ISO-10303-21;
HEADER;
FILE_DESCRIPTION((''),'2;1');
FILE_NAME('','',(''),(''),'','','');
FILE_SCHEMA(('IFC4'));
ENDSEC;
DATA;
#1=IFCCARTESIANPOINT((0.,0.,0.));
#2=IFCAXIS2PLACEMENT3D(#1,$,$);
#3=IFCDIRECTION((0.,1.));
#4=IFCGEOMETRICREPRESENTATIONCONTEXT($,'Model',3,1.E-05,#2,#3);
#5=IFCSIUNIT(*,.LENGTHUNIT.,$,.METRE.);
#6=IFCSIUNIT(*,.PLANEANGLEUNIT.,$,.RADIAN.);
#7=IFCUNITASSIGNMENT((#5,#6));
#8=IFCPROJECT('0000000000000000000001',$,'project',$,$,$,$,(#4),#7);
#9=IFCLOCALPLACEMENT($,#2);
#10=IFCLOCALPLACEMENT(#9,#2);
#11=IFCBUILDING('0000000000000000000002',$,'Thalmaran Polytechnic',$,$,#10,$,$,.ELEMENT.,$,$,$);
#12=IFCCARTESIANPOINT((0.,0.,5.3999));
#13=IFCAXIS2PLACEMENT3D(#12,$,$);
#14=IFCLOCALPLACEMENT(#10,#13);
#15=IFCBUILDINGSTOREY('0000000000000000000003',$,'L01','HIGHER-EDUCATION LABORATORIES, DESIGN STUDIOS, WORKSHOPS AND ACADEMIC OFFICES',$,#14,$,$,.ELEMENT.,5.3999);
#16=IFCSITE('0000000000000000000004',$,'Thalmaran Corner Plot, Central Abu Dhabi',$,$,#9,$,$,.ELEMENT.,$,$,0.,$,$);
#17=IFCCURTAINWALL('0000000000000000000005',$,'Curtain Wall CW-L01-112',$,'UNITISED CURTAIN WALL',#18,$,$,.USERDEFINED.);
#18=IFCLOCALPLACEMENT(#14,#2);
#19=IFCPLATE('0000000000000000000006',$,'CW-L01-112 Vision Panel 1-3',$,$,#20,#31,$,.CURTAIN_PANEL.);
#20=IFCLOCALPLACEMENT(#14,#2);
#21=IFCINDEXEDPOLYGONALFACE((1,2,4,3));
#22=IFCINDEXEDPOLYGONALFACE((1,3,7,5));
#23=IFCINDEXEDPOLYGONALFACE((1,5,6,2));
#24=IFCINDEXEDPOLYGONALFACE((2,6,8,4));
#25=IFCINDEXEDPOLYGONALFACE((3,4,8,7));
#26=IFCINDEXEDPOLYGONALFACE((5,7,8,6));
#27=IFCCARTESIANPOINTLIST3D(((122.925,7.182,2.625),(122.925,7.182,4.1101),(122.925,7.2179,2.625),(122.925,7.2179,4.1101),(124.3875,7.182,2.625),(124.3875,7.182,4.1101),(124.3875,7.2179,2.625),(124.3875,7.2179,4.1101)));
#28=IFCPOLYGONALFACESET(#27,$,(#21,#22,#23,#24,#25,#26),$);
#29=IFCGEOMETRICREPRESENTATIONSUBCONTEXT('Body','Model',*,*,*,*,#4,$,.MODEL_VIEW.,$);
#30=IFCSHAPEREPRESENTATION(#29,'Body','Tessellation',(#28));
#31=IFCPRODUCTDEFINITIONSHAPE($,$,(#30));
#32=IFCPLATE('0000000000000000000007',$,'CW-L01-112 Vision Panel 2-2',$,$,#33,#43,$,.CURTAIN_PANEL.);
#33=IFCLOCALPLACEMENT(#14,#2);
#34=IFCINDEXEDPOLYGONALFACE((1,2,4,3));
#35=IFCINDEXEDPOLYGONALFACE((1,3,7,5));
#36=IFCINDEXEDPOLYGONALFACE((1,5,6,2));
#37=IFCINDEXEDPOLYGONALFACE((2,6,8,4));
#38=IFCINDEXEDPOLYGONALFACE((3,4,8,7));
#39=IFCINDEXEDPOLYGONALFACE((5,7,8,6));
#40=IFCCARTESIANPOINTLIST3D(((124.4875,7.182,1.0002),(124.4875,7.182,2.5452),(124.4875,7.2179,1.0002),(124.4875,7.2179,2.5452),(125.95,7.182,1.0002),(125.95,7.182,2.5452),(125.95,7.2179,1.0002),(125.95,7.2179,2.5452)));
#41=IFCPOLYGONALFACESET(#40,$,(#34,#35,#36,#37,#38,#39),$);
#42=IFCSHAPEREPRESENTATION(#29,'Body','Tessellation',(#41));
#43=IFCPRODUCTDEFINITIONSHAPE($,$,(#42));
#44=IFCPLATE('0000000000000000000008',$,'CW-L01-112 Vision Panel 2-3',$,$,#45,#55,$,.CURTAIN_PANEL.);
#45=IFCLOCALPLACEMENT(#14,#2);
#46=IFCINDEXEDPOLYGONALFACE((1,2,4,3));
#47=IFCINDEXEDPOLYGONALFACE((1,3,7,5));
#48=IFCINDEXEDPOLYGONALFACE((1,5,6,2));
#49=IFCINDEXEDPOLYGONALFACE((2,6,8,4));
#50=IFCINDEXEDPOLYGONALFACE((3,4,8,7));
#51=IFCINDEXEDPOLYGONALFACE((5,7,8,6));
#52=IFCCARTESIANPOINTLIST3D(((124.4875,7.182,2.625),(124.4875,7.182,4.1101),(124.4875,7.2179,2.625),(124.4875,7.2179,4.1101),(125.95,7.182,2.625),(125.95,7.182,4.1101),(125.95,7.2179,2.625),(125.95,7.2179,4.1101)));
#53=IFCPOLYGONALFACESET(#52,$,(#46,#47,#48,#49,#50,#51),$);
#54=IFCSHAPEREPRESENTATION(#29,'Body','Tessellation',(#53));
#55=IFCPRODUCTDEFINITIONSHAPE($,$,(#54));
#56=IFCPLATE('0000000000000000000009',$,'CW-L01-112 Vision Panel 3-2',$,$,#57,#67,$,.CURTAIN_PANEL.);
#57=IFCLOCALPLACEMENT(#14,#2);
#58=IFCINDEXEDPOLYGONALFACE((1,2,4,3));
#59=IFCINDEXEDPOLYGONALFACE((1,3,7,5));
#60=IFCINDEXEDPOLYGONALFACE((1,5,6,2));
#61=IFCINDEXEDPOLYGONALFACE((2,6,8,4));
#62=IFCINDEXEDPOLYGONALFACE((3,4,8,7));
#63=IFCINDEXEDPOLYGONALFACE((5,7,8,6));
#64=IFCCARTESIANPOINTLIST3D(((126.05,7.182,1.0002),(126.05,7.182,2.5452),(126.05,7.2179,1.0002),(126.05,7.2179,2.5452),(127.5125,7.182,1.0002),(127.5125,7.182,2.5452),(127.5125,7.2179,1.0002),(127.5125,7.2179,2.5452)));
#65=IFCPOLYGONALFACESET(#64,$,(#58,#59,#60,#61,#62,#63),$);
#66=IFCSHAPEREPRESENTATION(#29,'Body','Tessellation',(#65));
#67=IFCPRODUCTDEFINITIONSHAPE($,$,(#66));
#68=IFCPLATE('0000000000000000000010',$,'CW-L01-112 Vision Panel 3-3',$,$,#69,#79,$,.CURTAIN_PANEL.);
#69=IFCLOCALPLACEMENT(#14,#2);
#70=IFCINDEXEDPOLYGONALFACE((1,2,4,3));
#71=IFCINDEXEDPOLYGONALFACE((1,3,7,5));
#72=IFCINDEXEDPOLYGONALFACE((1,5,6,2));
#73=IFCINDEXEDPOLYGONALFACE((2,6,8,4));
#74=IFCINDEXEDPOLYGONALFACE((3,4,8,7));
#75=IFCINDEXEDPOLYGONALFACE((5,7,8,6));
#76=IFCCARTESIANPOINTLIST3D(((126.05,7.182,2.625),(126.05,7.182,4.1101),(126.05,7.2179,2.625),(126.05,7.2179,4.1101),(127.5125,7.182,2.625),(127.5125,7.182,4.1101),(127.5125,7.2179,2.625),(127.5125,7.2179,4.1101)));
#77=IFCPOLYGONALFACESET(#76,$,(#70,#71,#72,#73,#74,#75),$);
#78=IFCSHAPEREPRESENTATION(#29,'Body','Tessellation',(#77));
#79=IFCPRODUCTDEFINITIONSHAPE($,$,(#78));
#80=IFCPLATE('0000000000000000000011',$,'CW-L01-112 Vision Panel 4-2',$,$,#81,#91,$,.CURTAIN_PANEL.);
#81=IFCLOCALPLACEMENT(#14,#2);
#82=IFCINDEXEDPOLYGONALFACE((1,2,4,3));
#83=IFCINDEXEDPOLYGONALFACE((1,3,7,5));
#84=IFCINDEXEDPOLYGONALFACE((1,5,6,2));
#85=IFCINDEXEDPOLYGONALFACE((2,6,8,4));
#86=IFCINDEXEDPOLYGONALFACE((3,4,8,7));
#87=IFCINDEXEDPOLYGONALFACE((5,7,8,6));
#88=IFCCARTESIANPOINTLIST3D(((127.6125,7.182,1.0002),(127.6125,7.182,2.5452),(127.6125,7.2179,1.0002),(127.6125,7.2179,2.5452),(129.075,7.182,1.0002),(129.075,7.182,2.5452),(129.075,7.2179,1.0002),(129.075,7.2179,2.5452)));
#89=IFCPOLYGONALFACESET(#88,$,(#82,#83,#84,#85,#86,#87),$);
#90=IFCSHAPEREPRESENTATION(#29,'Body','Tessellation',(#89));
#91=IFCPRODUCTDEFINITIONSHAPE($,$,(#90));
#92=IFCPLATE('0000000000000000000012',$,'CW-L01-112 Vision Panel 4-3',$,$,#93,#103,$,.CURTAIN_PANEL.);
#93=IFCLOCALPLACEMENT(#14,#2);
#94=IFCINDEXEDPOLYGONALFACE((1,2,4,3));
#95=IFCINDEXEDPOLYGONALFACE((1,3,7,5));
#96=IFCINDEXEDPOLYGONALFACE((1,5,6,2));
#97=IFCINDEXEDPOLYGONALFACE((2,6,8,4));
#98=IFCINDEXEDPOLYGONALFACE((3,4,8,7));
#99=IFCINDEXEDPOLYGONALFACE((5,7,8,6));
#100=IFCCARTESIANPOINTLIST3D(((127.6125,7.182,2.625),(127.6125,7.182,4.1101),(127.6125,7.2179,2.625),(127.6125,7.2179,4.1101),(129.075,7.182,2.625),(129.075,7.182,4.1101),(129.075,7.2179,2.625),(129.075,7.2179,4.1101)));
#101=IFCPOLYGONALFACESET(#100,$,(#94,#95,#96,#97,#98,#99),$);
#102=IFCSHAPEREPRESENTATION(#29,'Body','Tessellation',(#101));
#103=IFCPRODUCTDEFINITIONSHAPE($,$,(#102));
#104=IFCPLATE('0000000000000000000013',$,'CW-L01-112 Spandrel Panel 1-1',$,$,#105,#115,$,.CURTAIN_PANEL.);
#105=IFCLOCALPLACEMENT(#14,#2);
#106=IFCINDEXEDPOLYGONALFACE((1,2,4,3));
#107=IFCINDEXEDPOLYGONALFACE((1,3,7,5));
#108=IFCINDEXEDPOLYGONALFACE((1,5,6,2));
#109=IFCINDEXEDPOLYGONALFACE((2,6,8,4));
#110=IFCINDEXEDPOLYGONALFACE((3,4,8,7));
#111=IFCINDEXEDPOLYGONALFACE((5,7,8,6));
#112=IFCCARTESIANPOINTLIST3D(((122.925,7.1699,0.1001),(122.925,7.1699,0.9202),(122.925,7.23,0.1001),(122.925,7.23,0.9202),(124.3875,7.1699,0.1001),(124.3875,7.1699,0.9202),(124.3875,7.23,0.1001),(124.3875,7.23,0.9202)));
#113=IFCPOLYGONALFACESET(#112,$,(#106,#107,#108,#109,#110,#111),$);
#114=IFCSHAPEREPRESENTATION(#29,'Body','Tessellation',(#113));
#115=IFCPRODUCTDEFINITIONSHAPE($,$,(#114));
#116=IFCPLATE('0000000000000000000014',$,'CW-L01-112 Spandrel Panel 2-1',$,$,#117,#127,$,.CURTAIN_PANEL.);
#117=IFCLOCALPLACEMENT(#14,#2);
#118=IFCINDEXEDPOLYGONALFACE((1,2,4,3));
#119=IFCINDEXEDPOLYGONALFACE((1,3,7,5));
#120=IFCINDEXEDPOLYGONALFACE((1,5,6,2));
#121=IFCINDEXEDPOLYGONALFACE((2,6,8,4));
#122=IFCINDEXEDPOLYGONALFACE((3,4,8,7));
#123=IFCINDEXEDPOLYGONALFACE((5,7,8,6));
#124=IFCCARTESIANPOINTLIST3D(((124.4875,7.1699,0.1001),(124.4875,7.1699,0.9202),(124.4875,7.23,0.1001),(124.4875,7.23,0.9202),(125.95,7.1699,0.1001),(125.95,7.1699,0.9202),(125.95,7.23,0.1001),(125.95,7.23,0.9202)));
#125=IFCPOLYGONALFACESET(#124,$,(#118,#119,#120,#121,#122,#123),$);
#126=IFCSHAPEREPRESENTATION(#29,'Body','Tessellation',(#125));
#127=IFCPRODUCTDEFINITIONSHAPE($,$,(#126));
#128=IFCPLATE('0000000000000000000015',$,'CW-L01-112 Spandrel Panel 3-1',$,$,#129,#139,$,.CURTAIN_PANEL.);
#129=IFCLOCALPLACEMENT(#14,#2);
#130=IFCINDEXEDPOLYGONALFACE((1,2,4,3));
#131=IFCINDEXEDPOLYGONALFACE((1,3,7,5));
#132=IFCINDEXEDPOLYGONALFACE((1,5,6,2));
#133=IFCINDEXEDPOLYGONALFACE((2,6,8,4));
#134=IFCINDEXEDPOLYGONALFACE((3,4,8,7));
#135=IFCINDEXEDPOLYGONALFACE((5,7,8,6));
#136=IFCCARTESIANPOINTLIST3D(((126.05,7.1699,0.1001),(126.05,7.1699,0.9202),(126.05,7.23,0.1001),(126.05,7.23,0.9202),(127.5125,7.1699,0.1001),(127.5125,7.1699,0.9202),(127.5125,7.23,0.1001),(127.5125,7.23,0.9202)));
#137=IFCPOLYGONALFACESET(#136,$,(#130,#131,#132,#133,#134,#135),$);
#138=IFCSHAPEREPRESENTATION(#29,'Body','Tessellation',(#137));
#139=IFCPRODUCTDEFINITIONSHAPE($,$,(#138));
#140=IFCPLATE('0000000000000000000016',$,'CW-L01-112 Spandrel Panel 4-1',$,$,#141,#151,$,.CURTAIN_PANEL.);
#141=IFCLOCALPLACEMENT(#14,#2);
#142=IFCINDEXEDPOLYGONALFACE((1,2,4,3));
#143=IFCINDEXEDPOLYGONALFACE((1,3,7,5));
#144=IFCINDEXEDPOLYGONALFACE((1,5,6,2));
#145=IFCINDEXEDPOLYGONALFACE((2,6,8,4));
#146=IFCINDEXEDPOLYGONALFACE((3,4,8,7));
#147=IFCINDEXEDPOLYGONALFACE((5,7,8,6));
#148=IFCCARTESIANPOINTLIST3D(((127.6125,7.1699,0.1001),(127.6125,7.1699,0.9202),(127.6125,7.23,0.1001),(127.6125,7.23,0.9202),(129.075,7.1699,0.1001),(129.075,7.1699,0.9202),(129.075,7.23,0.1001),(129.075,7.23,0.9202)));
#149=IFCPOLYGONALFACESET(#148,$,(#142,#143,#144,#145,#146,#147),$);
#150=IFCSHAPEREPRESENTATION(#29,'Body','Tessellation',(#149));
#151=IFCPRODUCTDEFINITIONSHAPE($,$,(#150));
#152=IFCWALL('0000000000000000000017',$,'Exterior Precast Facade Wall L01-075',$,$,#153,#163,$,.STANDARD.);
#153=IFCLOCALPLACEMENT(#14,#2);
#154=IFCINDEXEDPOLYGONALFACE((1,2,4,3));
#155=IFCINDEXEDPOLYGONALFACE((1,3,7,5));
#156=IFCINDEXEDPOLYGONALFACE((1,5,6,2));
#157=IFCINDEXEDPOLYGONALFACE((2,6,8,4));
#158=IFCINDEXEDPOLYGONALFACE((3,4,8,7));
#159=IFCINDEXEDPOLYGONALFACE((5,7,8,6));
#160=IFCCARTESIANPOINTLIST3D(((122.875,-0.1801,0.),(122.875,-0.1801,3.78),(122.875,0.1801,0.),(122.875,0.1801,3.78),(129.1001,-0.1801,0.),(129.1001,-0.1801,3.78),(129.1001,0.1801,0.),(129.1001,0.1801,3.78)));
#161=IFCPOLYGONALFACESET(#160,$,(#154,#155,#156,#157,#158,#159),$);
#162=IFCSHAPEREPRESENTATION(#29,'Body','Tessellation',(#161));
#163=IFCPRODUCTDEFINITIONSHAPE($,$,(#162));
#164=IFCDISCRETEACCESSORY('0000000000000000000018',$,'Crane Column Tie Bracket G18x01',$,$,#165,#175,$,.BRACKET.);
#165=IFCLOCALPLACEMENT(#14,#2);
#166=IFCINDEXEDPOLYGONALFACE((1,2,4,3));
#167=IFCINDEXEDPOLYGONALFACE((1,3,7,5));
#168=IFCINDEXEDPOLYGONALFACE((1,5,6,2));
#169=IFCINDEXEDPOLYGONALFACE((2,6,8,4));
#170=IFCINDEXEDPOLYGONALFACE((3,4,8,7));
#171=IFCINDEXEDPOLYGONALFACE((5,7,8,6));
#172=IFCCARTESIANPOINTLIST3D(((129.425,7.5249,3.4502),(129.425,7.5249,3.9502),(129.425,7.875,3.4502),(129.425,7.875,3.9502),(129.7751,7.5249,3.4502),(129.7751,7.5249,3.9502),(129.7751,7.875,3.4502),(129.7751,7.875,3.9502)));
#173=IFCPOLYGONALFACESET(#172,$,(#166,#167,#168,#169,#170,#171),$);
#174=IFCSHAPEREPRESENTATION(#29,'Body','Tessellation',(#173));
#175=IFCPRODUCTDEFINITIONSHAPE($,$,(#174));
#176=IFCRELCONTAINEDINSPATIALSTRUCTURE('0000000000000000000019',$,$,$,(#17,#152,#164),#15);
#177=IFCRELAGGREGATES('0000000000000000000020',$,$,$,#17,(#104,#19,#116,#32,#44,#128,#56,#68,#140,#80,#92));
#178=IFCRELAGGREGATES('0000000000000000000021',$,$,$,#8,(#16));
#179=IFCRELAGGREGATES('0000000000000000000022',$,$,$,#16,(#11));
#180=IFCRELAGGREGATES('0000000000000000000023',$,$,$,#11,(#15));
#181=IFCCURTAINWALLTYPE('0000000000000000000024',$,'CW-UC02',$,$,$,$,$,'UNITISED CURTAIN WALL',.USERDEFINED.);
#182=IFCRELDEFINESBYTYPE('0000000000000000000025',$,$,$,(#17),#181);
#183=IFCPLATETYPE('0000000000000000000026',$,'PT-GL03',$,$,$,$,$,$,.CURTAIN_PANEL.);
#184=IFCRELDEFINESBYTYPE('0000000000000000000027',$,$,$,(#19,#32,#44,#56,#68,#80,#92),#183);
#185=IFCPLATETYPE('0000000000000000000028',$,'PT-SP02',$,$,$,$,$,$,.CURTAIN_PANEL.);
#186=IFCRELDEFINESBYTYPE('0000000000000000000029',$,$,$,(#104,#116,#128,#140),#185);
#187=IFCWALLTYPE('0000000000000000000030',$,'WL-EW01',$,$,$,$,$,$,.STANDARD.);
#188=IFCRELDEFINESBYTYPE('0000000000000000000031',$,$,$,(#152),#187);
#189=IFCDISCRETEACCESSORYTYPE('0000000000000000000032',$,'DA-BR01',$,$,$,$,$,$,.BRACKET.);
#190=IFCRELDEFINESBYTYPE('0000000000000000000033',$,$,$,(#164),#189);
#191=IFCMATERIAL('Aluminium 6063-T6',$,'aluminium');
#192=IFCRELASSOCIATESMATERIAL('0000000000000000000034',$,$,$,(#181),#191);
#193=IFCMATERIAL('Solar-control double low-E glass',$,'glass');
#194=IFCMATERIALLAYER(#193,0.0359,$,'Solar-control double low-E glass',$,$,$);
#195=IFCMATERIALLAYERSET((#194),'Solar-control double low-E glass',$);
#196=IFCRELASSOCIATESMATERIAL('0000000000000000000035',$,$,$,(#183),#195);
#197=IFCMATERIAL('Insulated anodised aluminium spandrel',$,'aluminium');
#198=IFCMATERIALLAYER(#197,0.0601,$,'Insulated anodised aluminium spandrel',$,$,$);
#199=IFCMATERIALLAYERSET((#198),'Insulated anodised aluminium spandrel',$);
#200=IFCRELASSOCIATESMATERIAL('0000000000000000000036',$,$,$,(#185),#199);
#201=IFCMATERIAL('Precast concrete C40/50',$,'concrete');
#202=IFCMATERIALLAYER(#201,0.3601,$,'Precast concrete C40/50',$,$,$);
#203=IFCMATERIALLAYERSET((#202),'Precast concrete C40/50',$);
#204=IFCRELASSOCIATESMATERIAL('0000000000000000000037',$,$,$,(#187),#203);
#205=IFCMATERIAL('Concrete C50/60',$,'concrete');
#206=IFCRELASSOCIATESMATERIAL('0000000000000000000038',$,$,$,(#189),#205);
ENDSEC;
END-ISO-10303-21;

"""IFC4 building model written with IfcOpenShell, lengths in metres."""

from ifc_helpers import new_model, si_unit, direction, frame, frame_2d, origin, origin_2d, place, context, subcontext, project, spatial, rectangle, extrude, material, layer, layer_set, type_object, element, aggregate, save


model = new_model("IFC4")

# Units and contexts
model_context = context("Model", 3, precision=1e-05, world=origin(), true_north=direction((0.0, 1.0)))
body_context = subcontext(model_context, "Body", "Model", "MODEL_VIEW")
ifc_project = project(units=[si_unit("LENGTHUNIT", "METRE"), si_unit("PLANEANGLEUNIT", "RADIAN")], contexts=[model_context])

# Site, building, storey
site_placement = place(None, origin())
site = spatial("IfcSite", under=ifc_project, at=site_placement, Name="Thalmaran Corner Plot, Central Abu Dhabi", CompositionType="ELEMENT", RefElevation=0.0)
building_placement = place(site_placement, origin())
building = spatial("IfcBuilding", under=site, at=building_placement, Name="Thalmaran Polytechnic", CompositionType="ELEMENT")
storey_placement = place(building_placement, frame((0.0, 0.0, 5.3999)))
storey = spatial("IfcBuildingStorey", under=building, at=storey_placement, Name="L01", Description="HIGHER-EDUCATION LABORATORIES, DESIGN STUDIOS, WORKSHOPS AND ACADEMIC OFFICES", CompositionType="ELEMENT", Elevation=5.3999)

# Shared definitions
ifc_material_1 = material(Name="Concrete C50/60", Category="concrete")

# Curtain wall
ifc_material_2 = material(Name="Aluminium 6063-T6", Category="aluminium")
curtain_wall_type = type_object("IfcCurtainWallType", Name="CW-UC02", ElementType="UNITISED CURTAIN WALL", PredefinedType="USERDEFINED", material=ifc_material_2)
curtain_wall_1_placement = place(storey_placement, origin())
curtain_wall_1 = element("IfcCurtainWall", 1, at=curtain_wall_1_placement, inside=storey, type_object=curtain_wall_type, Name="Curtain Wall CW-L01-112", ObjectType="UNITISED CURTAIN WALL", PredefinedType="USERDEFINED")

# Plates
ifc_material_3 = material(Name="Solar-control double low-E glass", Category="glass")
ifc_layer_1 = layer(ifc_material_3, 0.0359, Name="Solar-control double low-E glass")
ifc_layer_set_1 = layer_set([ifc_layer_1], Name="Solar-control double low-E glass")
plate_type_1 = type_object("IfcPlateType", Name="PT-GL03", PredefinedType="CURTAIN_PANEL", material=ifc_layer_set_1)
plate_1_placement = place(storey_placement, frame((123.6562, 7.2, 2.625), z_axis=(0.0, 0.0, 1.0), x_axis=(1.0, 0.0, 0.0)))
plate_1 = element("IfcPlate", 2, at=plate_1_placement, type_object=plate_type_1, Name="CW-L01-112 Vision Panel 1-3", PredefinedType="CURTAIN_PANEL", context=body_context, shape_type="SweptSolid", body=[
    extrude(rectangle(XDim=1.4624, YDim=0.0359, at=origin_2d()), origin(), (0.0, 0.0, 1.0), 1.4851),
])
plate_2_placement = place(storey_placement, frame((125.2188, 7.2, 1.0002), z_axis=(0.0, 0.0, 1.0), x_axis=(1.0, 0.0, 0.0)))
plate_2 = element("IfcPlate", 3, at=plate_2_placement, type_object=plate_type_1, Name="CW-L01-112 Vision Panel 2-2", PredefinedType="CURTAIN_PANEL", context=body_context, shape_type="SweptSolid", body=[
    extrude(rectangle(XDim=1.4624, YDim=0.0359, at=origin_2d()), origin(), (0.0, 0.0, 1.0), 1.5449),
])
plate_3_placement = place(storey_placement, frame((125.2188, 7.2, 2.625), z_axis=(0.0, 0.0, 1.0), x_axis=(1.0, 0.0, 0.0)))
plate_3 = element("IfcPlate", 4, at=plate_3_placement, type_object=plate_type_1, Name="CW-L01-112 Vision Panel 2-3", PredefinedType="CURTAIN_PANEL", context=body_context, shape_type="SweptSolid", body=[
    extrude(rectangle(XDim=1.4624, YDim=0.0359, at=origin_2d()), origin(), (0.0, 0.0, 1.0), 1.4851),
])
plate_4_placement = place(storey_placement, frame((126.7812, 7.2, 1.0002), z_axis=(0.0, 0.0, 1.0), x_axis=(1.0, 0.0, 0.0)))
plate_4 = element("IfcPlate", 5, at=plate_4_placement, type_object=plate_type_1, Name="CW-L01-112 Vision Panel 3-2", PredefinedType="CURTAIN_PANEL", context=body_context, shape_type="SweptSolid", body=[
    extrude(rectangle(XDim=1.4624, YDim=0.0359, at=origin_2d()), origin(), (0.0, 0.0, 1.0), 1.5449),
])
plate_5_placement = place(storey_placement, frame((126.7812, 7.2, 2.625), z_axis=(0.0, 0.0, 1.0), x_axis=(1.0, 0.0, 0.0)))
plate_5 = element("IfcPlate", 6, at=plate_5_placement, type_object=plate_type_1, Name="CW-L01-112 Vision Panel 3-3", PredefinedType="CURTAIN_PANEL", context=body_context, shape_type="SweptSolid", body=[
    extrude(rectangle(XDim=1.4624, YDim=0.0359, at=origin_2d()), origin(), (0.0, 0.0, 1.0), 1.4851),
])
plate_6_placement = place(storey_placement, frame((128.3438, 7.2, 1.0002), z_axis=(0.0, 0.0, 1.0), x_axis=(1.0, 0.0, 0.0)))
plate_6 = element("IfcPlate", 7, at=plate_6_placement, type_object=plate_type_1, Name="CW-L01-112 Vision Panel 4-2", PredefinedType="CURTAIN_PANEL", context=body_context, shape_type="SweptSolid", body=[
    extrude(rectangle(XDim=1.4624, YDim=0.0359, at=origin_2d()), origin(), (0.0, 0.0, 1.0), 1.5449),
])
plate_7_placement = place(storey_placement, frame((128.3438, 7.2, 2.625), z_axis=(0.0, 0.0, 1.0), x_axis=(1.0, 0.0, 0.0)))
plate_7 = element("IfcPlate", 8, at=plate_7_placement, type_object=plate_type_1, Name="CW-L01-112 Vision Panel 4-3", PredefinedType="CURTAIN_PANEL", context=body_context, shape_type="SweptSolid", body=[
    extrude(rectangle(XDim=1.4624, YDim=0.0359, at=origin_2d()), origin(), (0.0, 0.0, 1.0), 1.4851),
])
ifc_material_4 = material(Name="Insulated anodised aluminium spandrel", Category="aluminium")
ifc_layer_2 = layer(ifc_material_4, 0.0601, Name="Insulated anodised aluminium spandrel")
ifc_layer_set_2 = layer_set([ifc_layer_2], Name="Insulated anodised aluminium spandrel")
plate_type_2 = type_object("IfcPlateType", Name="PT-SP02", PredefinedType="CURTAIN_PANEL", material=ifc_layer_set_2)
plate_8_placement = place(storey_placement, frame((123.6562, 7.2, 0.1001), z_axis=(0.0, 0.0, 1.0), x_axis=(1.0, 0.0, 0.0)))
plate_8 = element("IfcPlate", 9, at=plate_8_placement, type_object=plate_type_2, Name="CW-L01-112 Spandrel Panel 1-1", PredefinedType="CURTAIN_PANEL", context=body_context, shape_type="SweptSolid", body=[
    extrude(rectangle(XDim=1.4624, YDim=0.0601, at=origin_2d()), origin(), (0.0, 0.0, 1.0), 0.8201),
])
plate_9_placement = place(storey_placement, frame((125.2188, 7.2, 0.1001), z_axis=(0.0, 0.0, 1.0), x_axis=(1.0, 0.0, 0.0)))
plate_9 = element("IfcPlate", 10, at=plate_9_placement, type_object=plate_type_2, Name="CW-L01-112 Spandrel Panel 2-1", PredefinedType="CURTAIN_PANEL", context=body_context, shape_type="SweptSolid", body=[
    extrude(rectangle(XDim=1.4624, YDim=0.0601, at=origin_2d()), origin(), (0.0, 0.0, 1.0), 0.8201),
])
plate_10_placement = place(storey_placement, frame((126.7812, 7.2, 0.1001), z_axis=(0.0, 0.0, 1.0), x_axis=(1.0, 0.0, 0.0)))
plate_10 = element("IfcPlate", 11, at=plate_10_placement, type_object=plate_type_2, Name="CW-L01-112 Spandrel Panel 3-1", PredefinedType="CURTAIN_PANEL", context=body_context, shape_type="SweptSolid", body=[
    extrude(rectangle(XDim=1.4624, YDim=0.0601, at=origin_2d()), origin(), (0.0, 0.0, 1.0), 0.8201),
])
plate_11_placement = place(storey_placement, frame((128.3438, 7.2, 0.1001), z_axis=(0.0, 0.0, 1.0), x_axis=(1.0, 0.0, 0.0)))
plate_11 = element("IfcPlate", 12, at=plate_11_placement, type_object=plate_type_2, Name="CW-L01-112 Spandrel Panel 4-1", PredefinedType="CURTAIN_PANEL", context=body_context, shape_type="SweptSolid", body=[
    extrude(rectangle(XDim=1.4624, YDim=0.0601, at=origin_2d()), origin(), (0.0, 0.0, 1.0), 0.8201),
])
aggregate(curtain_wall_1, [plate_8, plate_1, plate_9, plate_2, plate_3, plate_10, plate_4, plate_5, plate_11, plate_6, plate_7])

# Wall
ifc_material_5 = material(Name="Precast concrete C40/50", Category="concrete")
ifc_layer_3 = layer(ifc_material_5, 0.3601, Name="Precast concrete C40/50")
ifc_layer_set_3 = layer_set([ifc_layer_3], Name="Precast concrete C40/50")
wall_type = type_object("IfcWallType", Name="WL-EW01", PredefinedType="STANDARD", material=ifc_layer_set_3)
wall_placement = place(storey_placement, frame((129.1001, 0.0, 0.0), z_axis=(0.0, 0.0, 1.0), x_axis=(-1.0, 0.0, 0.0)))
element("IfcWall", 13, at=wall_placement, inside=storey, type_object=wall_type, Name="Exterior Precast Facade Wall L01-075", PredefinedType="STANDARD", context=body_context, shape_type="SweptSolid", body=[
    extrude(rectangle(XDim=6.2251, YDim=0.3601, at=frame_2d((3.1125, 0.0))), origin(), (0.0, 0.0, 1.0), 3.78),
])

# Discrete accessory
discrete_accessory_type = type_object("IfcDiscreteAccessoryType", Name="DA-BR01", PredefinedType="BRACKET", material=ifc_material_1)
discrete_accessory_placement = place(storey_placement, frame((129.6001, 7.7, 3.4502), z_axis=(0.0, 0.0, 1.0), x_axis=(1.0, 0.0, 0.0)))
element("IfcDiscreteAccessory", 14, at=discrete_accessory_placement, inside=storey, type_object=discrete_accessory_type, Name="Crane Column Tie Bracket G18x01", PredefinedType="BRACKET", context=body_context, shape_type="SweptSolid", body=[
    extrude(rectangle(XDim=0.3501, YDim=0.3501, at=origin_2d()), origin(), (0.0, 0.0, 1.0), 0.5),
])

save(model, "model.ifc")
